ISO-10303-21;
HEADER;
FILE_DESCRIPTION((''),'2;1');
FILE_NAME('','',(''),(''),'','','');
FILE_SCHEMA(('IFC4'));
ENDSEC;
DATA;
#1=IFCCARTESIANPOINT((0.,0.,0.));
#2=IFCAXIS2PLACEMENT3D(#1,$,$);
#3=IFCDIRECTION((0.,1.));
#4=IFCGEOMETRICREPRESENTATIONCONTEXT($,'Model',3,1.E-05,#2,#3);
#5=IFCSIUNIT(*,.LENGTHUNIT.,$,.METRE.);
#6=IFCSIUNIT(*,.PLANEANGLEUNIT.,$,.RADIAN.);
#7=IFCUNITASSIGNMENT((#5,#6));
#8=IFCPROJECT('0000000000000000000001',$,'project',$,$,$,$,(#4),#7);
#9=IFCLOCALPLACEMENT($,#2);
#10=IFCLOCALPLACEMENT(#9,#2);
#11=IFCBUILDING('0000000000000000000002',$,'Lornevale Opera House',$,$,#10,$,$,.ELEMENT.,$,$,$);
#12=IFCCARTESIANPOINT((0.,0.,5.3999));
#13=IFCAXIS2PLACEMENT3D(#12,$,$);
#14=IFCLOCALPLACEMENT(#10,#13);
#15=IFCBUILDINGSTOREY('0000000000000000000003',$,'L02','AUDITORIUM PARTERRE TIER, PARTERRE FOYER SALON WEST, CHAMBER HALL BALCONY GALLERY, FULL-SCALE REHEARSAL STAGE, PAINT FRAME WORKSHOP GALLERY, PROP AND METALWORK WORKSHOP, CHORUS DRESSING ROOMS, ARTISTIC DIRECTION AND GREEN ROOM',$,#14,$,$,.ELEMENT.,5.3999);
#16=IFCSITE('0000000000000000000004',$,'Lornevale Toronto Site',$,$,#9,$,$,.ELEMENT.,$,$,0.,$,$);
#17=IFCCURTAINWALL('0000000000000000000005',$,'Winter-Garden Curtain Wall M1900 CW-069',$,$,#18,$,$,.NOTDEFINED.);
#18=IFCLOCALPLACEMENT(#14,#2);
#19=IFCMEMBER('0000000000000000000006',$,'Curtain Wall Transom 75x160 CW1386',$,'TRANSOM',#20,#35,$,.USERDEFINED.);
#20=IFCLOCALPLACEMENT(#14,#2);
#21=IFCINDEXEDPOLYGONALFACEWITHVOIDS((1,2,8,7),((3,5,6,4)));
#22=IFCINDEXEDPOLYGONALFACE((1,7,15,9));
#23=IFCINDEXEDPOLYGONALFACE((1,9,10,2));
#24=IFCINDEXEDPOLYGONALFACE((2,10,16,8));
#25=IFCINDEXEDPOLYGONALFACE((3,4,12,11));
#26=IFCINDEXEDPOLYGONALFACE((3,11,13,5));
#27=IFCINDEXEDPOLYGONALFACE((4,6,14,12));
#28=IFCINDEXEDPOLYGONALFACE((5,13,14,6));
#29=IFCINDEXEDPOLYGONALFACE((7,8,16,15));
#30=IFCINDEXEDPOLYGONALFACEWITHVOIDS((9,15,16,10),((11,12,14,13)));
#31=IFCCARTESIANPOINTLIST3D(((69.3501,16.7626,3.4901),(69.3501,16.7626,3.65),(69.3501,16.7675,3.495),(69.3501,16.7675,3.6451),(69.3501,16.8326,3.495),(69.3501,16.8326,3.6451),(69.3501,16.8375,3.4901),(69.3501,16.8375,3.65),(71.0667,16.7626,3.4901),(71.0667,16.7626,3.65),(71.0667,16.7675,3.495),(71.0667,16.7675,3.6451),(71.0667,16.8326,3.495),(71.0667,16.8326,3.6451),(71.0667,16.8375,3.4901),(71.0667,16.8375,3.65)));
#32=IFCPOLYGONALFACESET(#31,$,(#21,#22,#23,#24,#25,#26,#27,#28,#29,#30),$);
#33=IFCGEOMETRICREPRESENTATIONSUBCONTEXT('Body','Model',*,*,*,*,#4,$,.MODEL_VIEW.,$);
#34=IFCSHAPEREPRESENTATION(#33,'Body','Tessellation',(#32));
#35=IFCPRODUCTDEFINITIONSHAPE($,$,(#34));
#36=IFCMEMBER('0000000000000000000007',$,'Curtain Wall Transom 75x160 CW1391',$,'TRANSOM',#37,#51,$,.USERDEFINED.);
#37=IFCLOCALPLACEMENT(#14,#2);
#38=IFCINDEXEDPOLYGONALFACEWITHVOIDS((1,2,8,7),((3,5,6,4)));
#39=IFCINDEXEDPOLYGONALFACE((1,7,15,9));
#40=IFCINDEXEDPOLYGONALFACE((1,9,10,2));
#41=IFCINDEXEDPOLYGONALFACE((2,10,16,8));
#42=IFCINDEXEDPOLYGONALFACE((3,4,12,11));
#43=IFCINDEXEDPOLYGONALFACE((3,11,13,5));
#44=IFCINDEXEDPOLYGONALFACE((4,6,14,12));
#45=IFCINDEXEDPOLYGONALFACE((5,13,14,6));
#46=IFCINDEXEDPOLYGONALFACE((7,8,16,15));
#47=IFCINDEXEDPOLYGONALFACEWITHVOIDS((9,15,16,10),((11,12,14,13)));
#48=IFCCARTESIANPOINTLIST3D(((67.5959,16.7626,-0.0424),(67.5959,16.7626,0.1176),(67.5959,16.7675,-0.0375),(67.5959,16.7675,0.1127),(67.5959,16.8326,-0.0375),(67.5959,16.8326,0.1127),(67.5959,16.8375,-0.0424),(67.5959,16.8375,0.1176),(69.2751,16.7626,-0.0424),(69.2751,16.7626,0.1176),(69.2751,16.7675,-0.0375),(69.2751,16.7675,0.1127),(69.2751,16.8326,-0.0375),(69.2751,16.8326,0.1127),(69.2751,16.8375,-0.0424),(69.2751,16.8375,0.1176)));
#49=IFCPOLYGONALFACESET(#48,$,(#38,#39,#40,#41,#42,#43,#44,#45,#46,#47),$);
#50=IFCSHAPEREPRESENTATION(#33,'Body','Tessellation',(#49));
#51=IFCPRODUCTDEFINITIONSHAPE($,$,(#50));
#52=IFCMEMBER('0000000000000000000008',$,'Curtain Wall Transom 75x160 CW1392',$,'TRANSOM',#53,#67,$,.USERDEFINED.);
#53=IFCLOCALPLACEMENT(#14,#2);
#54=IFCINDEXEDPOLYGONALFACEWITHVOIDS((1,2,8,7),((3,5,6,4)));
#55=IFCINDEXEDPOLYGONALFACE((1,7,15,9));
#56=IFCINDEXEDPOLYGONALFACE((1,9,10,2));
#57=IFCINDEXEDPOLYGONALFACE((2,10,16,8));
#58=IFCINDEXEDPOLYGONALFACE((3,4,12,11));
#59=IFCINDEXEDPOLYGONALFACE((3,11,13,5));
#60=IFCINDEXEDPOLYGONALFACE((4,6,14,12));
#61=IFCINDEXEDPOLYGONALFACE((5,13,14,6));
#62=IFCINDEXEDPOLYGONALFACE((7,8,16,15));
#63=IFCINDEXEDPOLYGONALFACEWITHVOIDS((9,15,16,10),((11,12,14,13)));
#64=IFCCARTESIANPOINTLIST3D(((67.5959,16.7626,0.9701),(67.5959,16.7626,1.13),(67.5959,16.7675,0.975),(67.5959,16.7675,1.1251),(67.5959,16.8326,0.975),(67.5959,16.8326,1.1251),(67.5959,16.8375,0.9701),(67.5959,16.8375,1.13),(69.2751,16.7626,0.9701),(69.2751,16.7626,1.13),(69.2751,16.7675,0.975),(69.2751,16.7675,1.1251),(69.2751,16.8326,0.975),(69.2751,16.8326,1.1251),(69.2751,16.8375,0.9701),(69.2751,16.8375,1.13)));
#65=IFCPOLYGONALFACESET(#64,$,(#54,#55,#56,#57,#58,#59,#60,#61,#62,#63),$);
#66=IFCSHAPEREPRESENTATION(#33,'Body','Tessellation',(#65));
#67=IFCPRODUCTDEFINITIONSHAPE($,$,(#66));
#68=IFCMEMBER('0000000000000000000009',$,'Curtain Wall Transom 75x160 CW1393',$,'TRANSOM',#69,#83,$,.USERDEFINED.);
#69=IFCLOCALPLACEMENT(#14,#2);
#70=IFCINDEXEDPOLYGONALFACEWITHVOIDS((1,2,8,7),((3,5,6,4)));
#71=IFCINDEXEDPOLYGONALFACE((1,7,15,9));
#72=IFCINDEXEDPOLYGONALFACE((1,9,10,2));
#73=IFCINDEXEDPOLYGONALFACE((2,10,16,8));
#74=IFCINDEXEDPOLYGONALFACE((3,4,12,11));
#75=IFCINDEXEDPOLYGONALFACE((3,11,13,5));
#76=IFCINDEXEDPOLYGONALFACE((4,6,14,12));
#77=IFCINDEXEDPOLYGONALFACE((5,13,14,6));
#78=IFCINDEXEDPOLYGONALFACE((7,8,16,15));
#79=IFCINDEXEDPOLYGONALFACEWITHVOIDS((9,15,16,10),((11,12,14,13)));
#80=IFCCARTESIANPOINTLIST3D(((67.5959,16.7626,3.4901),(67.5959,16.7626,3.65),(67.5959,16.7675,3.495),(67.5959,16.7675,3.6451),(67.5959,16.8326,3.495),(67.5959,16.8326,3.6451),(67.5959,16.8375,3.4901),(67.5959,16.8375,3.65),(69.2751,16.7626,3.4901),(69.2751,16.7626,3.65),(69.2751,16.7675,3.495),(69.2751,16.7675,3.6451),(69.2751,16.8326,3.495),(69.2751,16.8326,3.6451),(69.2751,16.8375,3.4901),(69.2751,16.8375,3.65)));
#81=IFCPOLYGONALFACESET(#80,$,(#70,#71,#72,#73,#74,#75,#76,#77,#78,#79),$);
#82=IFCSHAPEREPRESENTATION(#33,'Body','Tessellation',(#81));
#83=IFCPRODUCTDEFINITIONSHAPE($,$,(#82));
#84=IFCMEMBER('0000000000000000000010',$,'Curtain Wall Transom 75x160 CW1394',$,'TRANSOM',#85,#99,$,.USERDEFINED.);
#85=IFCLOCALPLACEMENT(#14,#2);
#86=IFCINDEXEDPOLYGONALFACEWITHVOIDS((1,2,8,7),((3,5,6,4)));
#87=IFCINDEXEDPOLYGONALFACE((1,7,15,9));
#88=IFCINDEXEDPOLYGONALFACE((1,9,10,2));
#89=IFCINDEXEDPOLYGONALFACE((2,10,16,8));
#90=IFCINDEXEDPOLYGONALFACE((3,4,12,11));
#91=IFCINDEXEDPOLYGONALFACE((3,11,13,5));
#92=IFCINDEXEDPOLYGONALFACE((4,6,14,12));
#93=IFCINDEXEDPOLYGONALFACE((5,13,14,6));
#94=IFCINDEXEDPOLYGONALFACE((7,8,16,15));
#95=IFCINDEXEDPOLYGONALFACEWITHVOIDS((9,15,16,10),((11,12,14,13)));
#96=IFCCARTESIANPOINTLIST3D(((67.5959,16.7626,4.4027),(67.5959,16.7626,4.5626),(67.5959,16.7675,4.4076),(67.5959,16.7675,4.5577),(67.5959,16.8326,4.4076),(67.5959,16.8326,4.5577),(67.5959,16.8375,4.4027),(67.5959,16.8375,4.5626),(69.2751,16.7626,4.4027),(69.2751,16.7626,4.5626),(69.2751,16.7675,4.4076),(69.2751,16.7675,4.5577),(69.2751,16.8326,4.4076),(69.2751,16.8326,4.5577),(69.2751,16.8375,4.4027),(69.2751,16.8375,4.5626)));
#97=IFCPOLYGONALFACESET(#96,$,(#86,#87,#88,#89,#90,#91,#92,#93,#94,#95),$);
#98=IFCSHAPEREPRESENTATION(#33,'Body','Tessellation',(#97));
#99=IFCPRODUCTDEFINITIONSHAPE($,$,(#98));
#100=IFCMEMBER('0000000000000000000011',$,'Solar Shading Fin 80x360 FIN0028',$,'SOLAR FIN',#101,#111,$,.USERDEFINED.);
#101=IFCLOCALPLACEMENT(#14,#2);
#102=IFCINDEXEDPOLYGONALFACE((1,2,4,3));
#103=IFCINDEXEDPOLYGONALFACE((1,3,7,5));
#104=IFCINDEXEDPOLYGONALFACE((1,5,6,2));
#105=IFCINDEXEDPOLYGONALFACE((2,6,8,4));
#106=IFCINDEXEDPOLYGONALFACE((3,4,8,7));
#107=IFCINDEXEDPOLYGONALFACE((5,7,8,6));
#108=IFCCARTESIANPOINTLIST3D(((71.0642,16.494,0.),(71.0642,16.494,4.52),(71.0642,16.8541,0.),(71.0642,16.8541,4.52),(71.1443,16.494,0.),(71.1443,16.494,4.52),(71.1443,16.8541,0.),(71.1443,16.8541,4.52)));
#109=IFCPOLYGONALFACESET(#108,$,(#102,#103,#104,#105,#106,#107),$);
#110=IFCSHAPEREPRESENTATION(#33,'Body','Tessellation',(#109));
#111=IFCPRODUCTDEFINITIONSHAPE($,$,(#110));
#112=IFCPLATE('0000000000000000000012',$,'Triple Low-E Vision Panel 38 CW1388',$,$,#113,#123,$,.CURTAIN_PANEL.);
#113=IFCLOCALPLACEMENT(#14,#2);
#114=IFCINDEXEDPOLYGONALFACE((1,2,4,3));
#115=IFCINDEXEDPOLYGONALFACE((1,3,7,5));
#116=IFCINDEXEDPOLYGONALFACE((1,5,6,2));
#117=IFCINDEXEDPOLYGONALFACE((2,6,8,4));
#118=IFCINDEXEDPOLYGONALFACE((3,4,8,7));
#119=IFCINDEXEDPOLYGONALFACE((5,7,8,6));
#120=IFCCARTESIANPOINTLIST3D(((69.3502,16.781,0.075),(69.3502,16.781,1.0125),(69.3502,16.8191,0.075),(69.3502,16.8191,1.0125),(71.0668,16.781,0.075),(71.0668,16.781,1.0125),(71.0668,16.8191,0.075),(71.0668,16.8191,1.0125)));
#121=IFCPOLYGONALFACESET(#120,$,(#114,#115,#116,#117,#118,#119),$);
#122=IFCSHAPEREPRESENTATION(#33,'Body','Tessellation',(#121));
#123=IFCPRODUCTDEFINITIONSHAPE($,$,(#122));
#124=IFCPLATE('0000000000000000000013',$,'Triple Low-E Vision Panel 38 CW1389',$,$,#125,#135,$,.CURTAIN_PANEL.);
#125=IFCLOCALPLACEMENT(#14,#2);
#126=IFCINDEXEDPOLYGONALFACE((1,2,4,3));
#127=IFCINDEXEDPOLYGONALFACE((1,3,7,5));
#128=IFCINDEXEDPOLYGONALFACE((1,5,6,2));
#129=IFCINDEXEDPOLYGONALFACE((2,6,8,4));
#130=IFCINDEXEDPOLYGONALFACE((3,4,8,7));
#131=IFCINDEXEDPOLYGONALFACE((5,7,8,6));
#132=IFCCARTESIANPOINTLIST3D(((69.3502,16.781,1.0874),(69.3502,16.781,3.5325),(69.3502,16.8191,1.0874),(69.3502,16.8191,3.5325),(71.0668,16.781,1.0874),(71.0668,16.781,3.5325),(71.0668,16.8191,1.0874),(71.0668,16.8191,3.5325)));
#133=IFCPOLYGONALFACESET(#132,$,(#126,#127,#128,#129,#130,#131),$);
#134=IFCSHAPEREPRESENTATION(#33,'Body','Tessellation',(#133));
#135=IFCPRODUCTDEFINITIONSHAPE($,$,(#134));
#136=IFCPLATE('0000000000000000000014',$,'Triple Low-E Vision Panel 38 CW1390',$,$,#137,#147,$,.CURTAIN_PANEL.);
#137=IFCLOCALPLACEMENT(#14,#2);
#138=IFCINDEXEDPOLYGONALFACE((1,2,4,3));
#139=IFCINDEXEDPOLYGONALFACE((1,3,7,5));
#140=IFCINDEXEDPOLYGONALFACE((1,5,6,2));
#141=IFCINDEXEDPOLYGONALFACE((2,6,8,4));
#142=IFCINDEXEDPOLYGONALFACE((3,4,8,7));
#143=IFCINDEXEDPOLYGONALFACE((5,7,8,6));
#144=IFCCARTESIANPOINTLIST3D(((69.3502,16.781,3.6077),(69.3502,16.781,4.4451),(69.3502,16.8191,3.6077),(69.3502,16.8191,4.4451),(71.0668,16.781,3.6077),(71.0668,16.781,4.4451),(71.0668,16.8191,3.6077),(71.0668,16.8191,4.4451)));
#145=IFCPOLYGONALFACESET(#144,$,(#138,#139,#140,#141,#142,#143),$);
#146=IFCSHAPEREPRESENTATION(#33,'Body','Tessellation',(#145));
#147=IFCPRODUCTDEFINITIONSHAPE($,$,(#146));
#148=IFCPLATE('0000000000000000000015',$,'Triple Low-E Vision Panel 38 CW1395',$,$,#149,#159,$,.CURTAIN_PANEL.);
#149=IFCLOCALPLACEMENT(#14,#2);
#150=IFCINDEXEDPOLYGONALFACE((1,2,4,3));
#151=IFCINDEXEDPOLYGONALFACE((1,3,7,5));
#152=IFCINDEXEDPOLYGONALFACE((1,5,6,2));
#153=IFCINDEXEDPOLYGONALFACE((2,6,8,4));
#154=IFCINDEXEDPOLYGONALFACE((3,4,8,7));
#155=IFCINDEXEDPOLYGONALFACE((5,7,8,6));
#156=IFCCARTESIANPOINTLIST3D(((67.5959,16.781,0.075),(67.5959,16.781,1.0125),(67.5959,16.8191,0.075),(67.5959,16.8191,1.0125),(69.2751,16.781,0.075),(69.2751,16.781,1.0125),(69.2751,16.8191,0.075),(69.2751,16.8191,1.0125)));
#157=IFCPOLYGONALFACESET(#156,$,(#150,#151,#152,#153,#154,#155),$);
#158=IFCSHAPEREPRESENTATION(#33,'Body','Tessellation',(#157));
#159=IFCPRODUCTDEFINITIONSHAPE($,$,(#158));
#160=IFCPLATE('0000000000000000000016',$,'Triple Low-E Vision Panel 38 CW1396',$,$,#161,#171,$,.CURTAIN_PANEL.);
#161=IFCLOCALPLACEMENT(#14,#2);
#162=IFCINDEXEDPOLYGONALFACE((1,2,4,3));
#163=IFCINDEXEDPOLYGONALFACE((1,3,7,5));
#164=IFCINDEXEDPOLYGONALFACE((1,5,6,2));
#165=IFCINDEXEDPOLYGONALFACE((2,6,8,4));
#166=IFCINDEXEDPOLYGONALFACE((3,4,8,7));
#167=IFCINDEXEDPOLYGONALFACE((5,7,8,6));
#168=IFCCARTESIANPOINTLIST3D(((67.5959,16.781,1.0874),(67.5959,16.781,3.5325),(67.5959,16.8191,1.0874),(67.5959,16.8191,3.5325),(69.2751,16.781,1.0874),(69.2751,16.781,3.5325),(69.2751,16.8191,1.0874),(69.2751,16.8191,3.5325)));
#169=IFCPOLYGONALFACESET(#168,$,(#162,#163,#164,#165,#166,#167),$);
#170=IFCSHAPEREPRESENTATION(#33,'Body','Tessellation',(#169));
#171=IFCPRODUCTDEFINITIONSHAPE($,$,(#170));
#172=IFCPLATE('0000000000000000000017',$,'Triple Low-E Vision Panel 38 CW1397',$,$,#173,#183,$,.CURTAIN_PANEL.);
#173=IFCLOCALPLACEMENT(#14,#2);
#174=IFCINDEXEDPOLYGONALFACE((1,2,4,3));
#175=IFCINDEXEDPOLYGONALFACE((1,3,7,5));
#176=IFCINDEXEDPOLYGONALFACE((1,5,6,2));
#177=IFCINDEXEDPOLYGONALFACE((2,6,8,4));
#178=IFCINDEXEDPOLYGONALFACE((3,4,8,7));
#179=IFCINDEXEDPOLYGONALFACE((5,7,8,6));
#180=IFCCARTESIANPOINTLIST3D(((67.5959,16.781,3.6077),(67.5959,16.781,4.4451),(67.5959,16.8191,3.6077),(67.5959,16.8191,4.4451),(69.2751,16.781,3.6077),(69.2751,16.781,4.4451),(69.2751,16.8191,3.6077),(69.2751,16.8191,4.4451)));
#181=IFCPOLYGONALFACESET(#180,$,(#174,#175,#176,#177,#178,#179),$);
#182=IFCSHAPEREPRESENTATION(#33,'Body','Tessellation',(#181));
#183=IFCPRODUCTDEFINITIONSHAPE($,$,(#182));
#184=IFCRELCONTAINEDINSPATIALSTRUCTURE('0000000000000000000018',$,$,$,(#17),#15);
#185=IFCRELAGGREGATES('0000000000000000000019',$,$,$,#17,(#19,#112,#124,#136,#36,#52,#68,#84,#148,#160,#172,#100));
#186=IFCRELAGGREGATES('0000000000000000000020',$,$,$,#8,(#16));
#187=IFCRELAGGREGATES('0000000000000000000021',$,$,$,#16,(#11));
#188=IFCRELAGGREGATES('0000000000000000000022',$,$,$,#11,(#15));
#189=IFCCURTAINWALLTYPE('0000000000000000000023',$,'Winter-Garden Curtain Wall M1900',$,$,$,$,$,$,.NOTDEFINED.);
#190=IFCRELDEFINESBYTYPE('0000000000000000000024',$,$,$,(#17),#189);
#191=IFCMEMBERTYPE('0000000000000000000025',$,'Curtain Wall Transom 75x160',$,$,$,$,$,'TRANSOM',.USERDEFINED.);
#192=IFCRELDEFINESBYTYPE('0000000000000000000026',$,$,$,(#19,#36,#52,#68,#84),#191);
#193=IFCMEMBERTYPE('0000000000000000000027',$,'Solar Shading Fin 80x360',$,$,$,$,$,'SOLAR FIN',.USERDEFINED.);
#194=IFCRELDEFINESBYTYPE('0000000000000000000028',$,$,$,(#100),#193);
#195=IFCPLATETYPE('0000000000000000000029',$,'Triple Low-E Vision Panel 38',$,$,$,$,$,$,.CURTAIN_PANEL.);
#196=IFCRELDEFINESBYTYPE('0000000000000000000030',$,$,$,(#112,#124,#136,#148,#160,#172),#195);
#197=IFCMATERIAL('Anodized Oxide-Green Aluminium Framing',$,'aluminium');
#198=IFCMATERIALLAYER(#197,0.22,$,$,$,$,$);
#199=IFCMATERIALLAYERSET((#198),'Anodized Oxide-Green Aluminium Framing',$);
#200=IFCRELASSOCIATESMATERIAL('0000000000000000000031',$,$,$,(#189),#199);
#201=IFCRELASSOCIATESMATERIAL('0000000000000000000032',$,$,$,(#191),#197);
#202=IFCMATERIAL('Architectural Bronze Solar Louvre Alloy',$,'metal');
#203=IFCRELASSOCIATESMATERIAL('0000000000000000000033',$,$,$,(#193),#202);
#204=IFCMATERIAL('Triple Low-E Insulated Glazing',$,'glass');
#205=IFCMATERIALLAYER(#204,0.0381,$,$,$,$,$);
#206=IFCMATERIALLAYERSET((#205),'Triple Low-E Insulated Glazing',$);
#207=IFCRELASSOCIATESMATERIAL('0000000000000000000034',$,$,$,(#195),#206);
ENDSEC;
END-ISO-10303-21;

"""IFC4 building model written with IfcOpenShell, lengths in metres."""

from ifc_helpers import new_model, si_unit, direction, frame, origin, origin_2d, place, context, subcontext, project, spatial, rectangle, hollow_rectangle, extrude, material, layer, layer_set, material_profile, profile_set, type_object, element, aggregate, save


model = new_model("IFC4")

# Units and contexts
model_context = context("Model", 3, precision=1e-05, world=origin(), true_north=direction((0.0, 1.0)))
body_context = subcontext(model_context, "Body", "Model", "MODEL_VIEW")
ifc_project = project(units=[si_unit("LENGTHUNIT", "METRE"), si_unit("PLANEANGLEUNIT", "RADIAN")], contexts=[model_context])

# Site, building, storey
site_placement = place(None, origin())
site = spatial("IfcSite", under=ifc_project, at=site_placement, Name="Lornevale Toronto Site", CompositionType="ELEMENT", RefElevation=0.0)
building_placement = place(site_placement, origin())
building = spatial("IfcBuilding", under=site, at=building_placement, Name="Lornevale Opera House", CompositionType="ELEMENT")
storey_placement = place(building_placement, frame((0.0, 0.0, 5.3999)))
storey = spatial("IfcBuildingStorey", under=building, at=storey_placement, Name="L02", Description="AUDITORIUM PARTERRE TIER, PARTERRE FOYER SALON WEST, CHAMBER HALL BALCONY GALLERY, FULL-SCALE REHEARSAL STAGE, PAINT FRAME WORKSHOP GALLERY, PROP AND METALWORK WORKSHOP, CHORUS DRESSING ROOMS, ARTISTIC DIRECTION AND GREEN ROOM", CompositionType="ELEMENT", Elevation=5.3999)

# Shared definitions
ifc_material_1 = material(Name="Anodized Oxide-Green Aluminium Framing", Category="aluminium")
ifc_layer_1 = layer(ifc_material_1, 0.22)
ifc_layer_set_1 = layer_set([ifc_layer_1], Name="Anodized Oxide-Green Aluminium Framing")
curtain_wall_type = type_object("IfcCurtainWallType", Name="Winter-Garden Curtain Wall M1900", PredefinedType="NOTDEFINED", material=ifc_layer_set_1)

# Curtain wall
curtain_wall_1_placement = place(storey_placement, origin())
curtain_wall_1 = element("IfcCurtainWall", 1, at=curtain_wall_1_placement, inside=storey, type_object=curtain_wall_type, Name="Winter-Garden Curtain Wall M1900 CW-069", PredefinedType="NOTDEFINED")

# Members
ifc_material_profile_1 = material_profile(ifc_material_1, hollow_rectangle(XDim=0.075, YDim=0.1599, WallThickness=0.0049, at=origin_2d()), Name="ALU75x160x5")
ifc_profile_set_1 = profile_set([ifc_material_profile_1], Name="Anodized Oxide-Green Aluminium Framing")
member_type_1 = type_object("IfcMemberType", Name="Curtain Wall Transom 75x160", ElementType="TRANSOM", PredefinedType="USERDEFINED", material=ifc_profile_set_1)
member_1_placement = place(storey_placement, frame((71.0667, 16.8, 3.5701), z_axis=(-1.0, 0.0, 0.0), x_axis=(0.0, -1.0, 0.0)))
member_1 = element("IfcMember", 2, at=member_1_placement, type_object=member_type_1, Name="Curtain Wall Transom 75x160 CW1386", ObjectType="TRANSOM", PredefinedType="USERDEFINED", context=body_context, shape_type="SweptSolid", body=[
    extrude(hollow_rectangle(XDim=0.075, YDim=0.1599, WallThickness=0.0049, at=origin_2d()), origin(), (0.0, 0.0, 1.0), 1.7166),
])
member_2_placement = place(storey_placement, frame((69.2751, 16.8, 0.0376), z_axis=(-1.0, 0.0, 0.0), x_axis=(0.0, -1.0, 0.0)))
member_2 = element("IfcMember", 3, at=member_2_placement, type_object=member_type_1, Name="Curtain Wall Transom 75x160 CW1391", ObjectType="TRANSOM", PredefinedType="USERDEFINED", context=body_context, shape_type="SweptSolid", body=[
    extrude(hollow_rectangle(XDim=0.075, YDim=0.1599, WallThickness=0.0049, at=origin_2d()), origin(), (0.0, 0.0, 1.0), 1.6792),
])
member_3_placement = place(storey_placement, frame((69.2751, 16.8, 1.05), z_axis=(-1.0, 0.0, 0.0), x_axis=(0.0, -1.0, 0.0)))
member_3 = element("IfcMember", 4, at=member_3_placement, type_object=member_type_1, Name="Curtain Wall Transom 75x160 CW1392", ObjectType="TRANSOM", PredefinedType="USERDEFINED", context=body_context, shape_type="SweptSolid", body=[
    extrude(hollow_rectangle(XDim=0.075, YDim=0.1599, WallThickness=0.0049, at=origin_2d()), origin(), (0.0, 0.0, 1.0), 1.6792),
])
member_4_placement = place(storey_placement, frame((69.2751, 16.8, 3.5701), z_axis=(-1.0, 0.0, 0.0), x_axis=(0.0, -1.0, 0.0)))
member_4 = element("IfcMember", 5, at=member_4_placement, type_object=member_type_1, Name="Curtain Wall Transom 75x160 CW1393", ObjectType="TRANSOM", PredefinedType="USERDEFINED", context=body_context, shape_type="SweptSolid", body=[
    extrude(hollow_rectangle(XDim=0.075, YDim=0.1599, WallThickness=0.0049, at=origin_2d()), origin(), (0.0, 0.0, 1.0), 1.6792),
])
member_5_placement = place(storey_placement, frame((69.2751, 16.8, 4.4827), z_axis=(-1.0, 0.0, 0.0), x_axis=(0.0, -1.0, 0.0)))
member_5 = element("IfcMember", 6, at=member_5_placement, type_object=member_type_1, Name="Curtain Wall Transom 75x160 CW1394", ObjectType="TRANSOM", PredefinedType="USERDEFINED", context=body_context, shape_type="SweptSolid", body=[
    extrude(hollow_rectangle(XDim=0.075, YDim=0.1599, WallThickness=0.0049, at=origin_2d()), origin(), (0.0, 0.0, 1.0), 1.6792),
])
ifc_material_2 = material(Name="Architectural Bronze Solar Louvre Alloy", Category="metal")
ifc_material_profile_2 = material_profile(ifc_material_2, rectangle(XDim=0.0801, YDim=0.3601, at=origin_2d()), Name="FIN80x360")
ifc_profile_set_2 = profile_set([ifc_material_profile_2], Name="Architectural Bronze Solar Louvre Alloy")
member_type_2 = type_object("IfcMemberType", Name="Solar Shading Fin 80x360", ElementType="SOLAR FIN", PredefinedType="USERDEFINED", material=ifc_profile_set_2)
member_6_placement = place(storey_placement, frame((71.1042, 16.6741, 0.0), z_axis=(0.0, 0.0, 1.0), x_axis=(-1.0, 0.0, 0.0)))
member_6 = element("IfcMember", 7, at=member_6_placement, type_object=member_type_2, Name="Solar Shading Fin 80x360 FIN0028", ObjectType="SOLAR FIN", PredefinedType="USERDEFINED", context=body_context, shape_type="SweptSolid", body=[
    extrude(rectangle(XDim=0.0801, YDim=0.3601, at=origin_2d()), origin(), (0.0, 0.0, 1.0), 4.52),
])

# Plates
ifc_material_3 = material(Name="Triple Low-E Insulated Glazing", Category="glass")
ifc_layer_2 = layer(ifc_material_3, 0.0381)
ifc_layer_set_2 = layer_set([ifc_layer_2], Name="Triple Low-E Insulated Glazing")
plate_type = type_object("IfcPlateType", Name="Triple Low-E Vision Panel 38", PredefinedType="CURTAIN_PANEL", material=ifc_layer_set_2)
plate_1_placement = place(storey_placement, frame((70.2085, 16.8, 0.075), z_axis=(0.0, 0.0, 1.0), x_axis=(-1.0, 0.0, 0.0)))
plate_1 = element("IfcPlate", 8, at=plate_1_placement, type_object=plate_type, Name="Triple Low-E Vision Panel 38 CW1388", PredefinedType="CURTAIN_PANEL", context=body_context, shape_type="SweptSolid", body=[
    extrude(rectangle(XDim=1.7166, YDim=0.0381, at=origin_2d()), origin(), (0.0, 0.0, 1.0), 0.9375),
])
plate_2_placement = place(storey_placement, frame((70.2085, 16.8, 1.0874), z_axis=(0.0, 0.0, 1.0), x_axis=(-1.0, 0.0, 0.0)))
plate_2 = element("IfcPlate", 9, at=plate_2_placement, type_object=plate_type, Name="Triple Low-E Vision Panel 38 CW1389", PredefinedType="CURTAIN_PANEL", context=body_context, shape_type="SweptSolid", body=[
    extrude(rectangle(XDim=1.7166, YDim=0.0381, at=origin_2d()), origin(), (0.0, 0.0, 1.0), 2.4451),
])
plate_3_placement = place(storey_placement, frame((70.2085, 16.8, 3.6077), z_axis=(0.0, 0.0, 1.0), x_axis=(-1.0, 0.0, 0.0)))
plate_3 = element("IfcPlate", 10, at=plate_3_placement, type_object=plate_type, Name="Triple Low-E Vision Panel 38 CW1390", PredefinedType="CURTAIN_PANEL", context=body_context, shape_type="SweptSolid", body=[
    extrude(rectangle(XDim=1.7166, YDim=0.0381, at=origin_2d()), origin(), (0.0, 0.0, 1.0), 0.8374),
])
plate_4_placement = place(storey_placement, frame((68.4355, 16.8, 0.075), z_axis=(0.0, 0.0, 1.0), x_axis=(-1.0, 0.0, 0.0)))
plate_4 = element("IfcPlate", 11, at=plate_4_placement, type_object=plate_type, Name="Triple Low-E Vision Panel 38 CW1395", PredefinedType="CURTAIN_PANEL", context=body_context, shape_type="SweptSolid", body=[
    extrude(rectangle(XDim=1.6792, YDim=0.0381, at=origin_2d()), origin(), (0.0, 0.0, 1.0), 0.9375),
])
plate_5_placement = place(storey_placement, frame((68.4355, 16.8, 1.0874), z_axis=(0.0, 0.0, 1.0), x_axis=(-1.0, 0.0, 0.0)))
plate_5 = element("IfcPlate", 12, at=plate_5_placement, type_object=plate_type, Name="Triple Low-E Vision Panel 38 CW1396", PredefinedType="CURTAIN_PANEL", context=body_context, shape_type="SweptSolid", body=[
    extrude(rectangle(XDim=1.6792, YDim=0.0381, at=origin_2d()), origin(), (0.0, 0.0, 1.0), 2.4451),
])
plate_6_placement = place(storey_placement, frame((68.4355, 16.8, 3.6077), z_axis=(0.0, 0.0, 1.0), x_axis=(-1.0, 0.0, 0.0)))
plate_6 = element("IfcPlate", 13, at=plate_6_placement, type_object=plate_type, Name="Triple Low-E Vision Panel 38 CW1397", PredefinedType="CURTAIN_PANEL", context=body_context, shape_type="SweptSolid", body=[
    extrude(rectangle(XDim=1.6792, YDim=0.0381, at=origin_2d()), origin(), (0.0, 0.0, 1.0), 0.8374),
])
aggregate(curtain_wall_1, [member_1, plate_1, plate_2, plate_3, member_2, member_3, member_4, member_5, plate_4, plate_5, plate_6, member_6])

save(model, "model.ifc")
